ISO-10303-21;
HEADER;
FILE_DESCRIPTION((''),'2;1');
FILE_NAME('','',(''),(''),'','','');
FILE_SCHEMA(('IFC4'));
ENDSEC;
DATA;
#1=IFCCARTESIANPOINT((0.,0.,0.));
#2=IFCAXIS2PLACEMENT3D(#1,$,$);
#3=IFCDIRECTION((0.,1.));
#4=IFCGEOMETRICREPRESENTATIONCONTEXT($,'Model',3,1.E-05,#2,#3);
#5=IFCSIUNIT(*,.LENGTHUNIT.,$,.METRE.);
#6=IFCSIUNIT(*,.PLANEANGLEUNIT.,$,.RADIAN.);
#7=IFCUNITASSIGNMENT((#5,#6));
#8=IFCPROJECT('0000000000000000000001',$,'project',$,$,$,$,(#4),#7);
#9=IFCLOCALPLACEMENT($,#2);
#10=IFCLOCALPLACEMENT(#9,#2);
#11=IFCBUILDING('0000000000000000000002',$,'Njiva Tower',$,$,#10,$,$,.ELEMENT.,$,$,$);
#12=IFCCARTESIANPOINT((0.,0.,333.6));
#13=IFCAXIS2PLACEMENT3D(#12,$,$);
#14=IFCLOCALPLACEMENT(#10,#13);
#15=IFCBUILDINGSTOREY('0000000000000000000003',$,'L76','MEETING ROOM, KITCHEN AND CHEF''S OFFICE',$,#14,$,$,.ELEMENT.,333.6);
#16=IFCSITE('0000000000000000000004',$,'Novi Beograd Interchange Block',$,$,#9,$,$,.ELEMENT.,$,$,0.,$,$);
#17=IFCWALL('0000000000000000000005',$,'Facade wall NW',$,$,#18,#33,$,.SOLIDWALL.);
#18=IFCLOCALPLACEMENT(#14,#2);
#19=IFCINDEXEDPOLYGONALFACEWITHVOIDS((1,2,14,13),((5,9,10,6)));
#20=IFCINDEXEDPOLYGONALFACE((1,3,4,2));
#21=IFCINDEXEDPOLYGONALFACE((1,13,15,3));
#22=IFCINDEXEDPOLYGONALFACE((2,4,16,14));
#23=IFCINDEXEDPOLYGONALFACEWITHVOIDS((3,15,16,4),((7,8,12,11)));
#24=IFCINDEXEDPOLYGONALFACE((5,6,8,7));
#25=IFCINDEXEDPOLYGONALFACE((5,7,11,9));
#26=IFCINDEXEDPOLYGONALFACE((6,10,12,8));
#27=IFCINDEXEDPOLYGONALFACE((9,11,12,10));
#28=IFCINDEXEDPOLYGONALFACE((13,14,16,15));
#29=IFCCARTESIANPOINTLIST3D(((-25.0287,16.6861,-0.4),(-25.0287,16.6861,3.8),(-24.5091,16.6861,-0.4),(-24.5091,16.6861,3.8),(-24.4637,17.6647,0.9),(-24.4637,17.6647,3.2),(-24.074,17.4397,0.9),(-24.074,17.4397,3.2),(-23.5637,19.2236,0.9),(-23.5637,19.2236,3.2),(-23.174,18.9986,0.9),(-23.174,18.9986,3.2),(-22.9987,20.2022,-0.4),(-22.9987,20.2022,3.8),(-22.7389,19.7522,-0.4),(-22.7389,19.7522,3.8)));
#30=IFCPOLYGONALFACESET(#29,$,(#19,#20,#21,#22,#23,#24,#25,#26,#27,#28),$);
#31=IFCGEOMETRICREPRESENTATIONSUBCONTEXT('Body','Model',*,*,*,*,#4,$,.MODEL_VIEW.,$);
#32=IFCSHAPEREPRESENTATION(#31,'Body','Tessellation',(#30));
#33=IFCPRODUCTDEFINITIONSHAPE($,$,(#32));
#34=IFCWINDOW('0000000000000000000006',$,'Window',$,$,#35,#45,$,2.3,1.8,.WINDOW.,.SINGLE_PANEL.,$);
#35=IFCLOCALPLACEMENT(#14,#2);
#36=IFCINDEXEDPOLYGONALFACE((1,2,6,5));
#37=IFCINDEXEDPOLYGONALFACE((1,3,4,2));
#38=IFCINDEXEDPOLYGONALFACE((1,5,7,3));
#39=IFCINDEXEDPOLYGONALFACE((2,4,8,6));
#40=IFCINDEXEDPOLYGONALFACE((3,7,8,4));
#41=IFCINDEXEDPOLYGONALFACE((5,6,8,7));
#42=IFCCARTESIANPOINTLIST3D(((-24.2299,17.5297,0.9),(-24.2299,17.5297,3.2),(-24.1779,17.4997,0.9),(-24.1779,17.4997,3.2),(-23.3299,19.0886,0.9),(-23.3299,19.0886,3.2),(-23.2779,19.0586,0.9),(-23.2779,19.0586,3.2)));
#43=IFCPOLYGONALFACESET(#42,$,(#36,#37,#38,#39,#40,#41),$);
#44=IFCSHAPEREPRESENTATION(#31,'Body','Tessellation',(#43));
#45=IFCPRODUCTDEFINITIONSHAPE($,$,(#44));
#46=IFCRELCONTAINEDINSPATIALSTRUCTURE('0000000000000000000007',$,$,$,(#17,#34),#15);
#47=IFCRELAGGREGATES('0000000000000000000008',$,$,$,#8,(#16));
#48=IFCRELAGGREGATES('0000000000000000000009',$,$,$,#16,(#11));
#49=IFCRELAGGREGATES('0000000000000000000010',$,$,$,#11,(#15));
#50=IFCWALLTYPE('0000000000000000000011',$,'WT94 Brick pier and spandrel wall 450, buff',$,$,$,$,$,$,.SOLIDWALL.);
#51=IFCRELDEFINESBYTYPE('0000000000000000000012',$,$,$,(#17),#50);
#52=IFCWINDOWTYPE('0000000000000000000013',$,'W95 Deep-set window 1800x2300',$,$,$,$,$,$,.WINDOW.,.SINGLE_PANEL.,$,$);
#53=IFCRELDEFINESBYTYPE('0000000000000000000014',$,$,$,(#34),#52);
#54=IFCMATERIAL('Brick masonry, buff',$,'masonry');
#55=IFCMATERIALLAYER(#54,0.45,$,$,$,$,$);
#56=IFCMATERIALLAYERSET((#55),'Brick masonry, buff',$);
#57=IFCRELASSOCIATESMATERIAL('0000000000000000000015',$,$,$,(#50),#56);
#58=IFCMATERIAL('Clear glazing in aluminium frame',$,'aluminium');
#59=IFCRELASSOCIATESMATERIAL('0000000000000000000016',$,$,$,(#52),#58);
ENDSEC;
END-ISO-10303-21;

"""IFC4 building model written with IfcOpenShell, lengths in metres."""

from ifc_helpers import new_model, si_unit, direction, frame, frame_2d, origin, place, context, subcontext, project, spatial, polyline, rectangle, outline, extrude, material, layer, layer_set, type_object, element, fill, save


model = new_model("IFC4")

# Units and contexts
model_context = context("Model", 3, precision=1e-05, world=origin(), true_north=direction((0.0, 1.0)))
body_context = subcontext(model_context, "Body", "Model", "MODEL_VIEW")
ifc_project = project(units=[si_unit("LENGTHUNIT", "METRE"), si_unit("PLANEANGLEUNIT", "RADIAN")], contexts=[model_context])

# Site, building, storey
site_placement = place(None, origin())
site = spatial("IfcSite", under=ifc_project, at=site_placement, Name="Novi Beograd Interchange Block", CompositionType="ELEMENT", RefElevation=0.0)
building_placement = place(site_placement, origin())
building = spatial("IfcBuilding", under=site, at=building_placement, Name="Njiva Tower", CompositionType="ELEMENT")
storey_placement = place(building_placement, frame((0.0, 0.0, 333.6)))
storey = spatial("IfcBuildingStorey", under=building, at=storey_placement, Name="L76", Description="MEETING ROOM, KITCHEN AND CHEF'S OFFICE", CompositionType="ELEMENT", Elevation=333.6)

# Shared definitions
ifc_material_1 = material(Name="Clear glazing in aluminium frame", Category="aluminium")

# Wall, opening, window
ifc_material_2 = material(Name="Brick masonry, buff", Category="masonry")
ifc_layer_1 = layer(ifc_material_2, 0.45)
ifc_layer_set_1 = layer_set([ifc_layer_1], Name="Brick masonry, buff")
wall_type_1 = type_object("IfcWallType", Name="WT94 Brick pier and spandrel wall 450, buff", PredefinedType="SOLIDWALL", material=ifc_layer_set_1)
wall_1_placement = place(storey_placement, frame((-22.8688, 19.9772, -0.4), z_axis=(0.0, 0.0, 1.0), x_axis=(-0.499997, -0.866027, 0.0)))
wall_1 = element("IfcWall", 1, at=wall_1_placement, inside=storey, type_object=wall_type_1, Name="Facade wall NW", PredefinedType="SOLIDWALL", context=body_context, shape_type="SweptSolid", body=[
    extrude(outline(polyline([(-0.1299, -0.225), (3.9301, -0.225), (3.6703, 0.225), (0.1299, 0.225), (-0.1299, -0.225)])), origin(), (0.0, 0.0, 1.0), 4.2),
])
opening_1_placement = place(wall_1_placement, frame((1.0001, 0.0, 1.3)))
opening_1 = element("IfcOpeningElement", 2, at=opening_1_placement, cuts=wall_1, PredefinedType="OPENING", context=body_context, shape_type="SweptSolid", body=[
    extrude(rectangle(XDim=1.8, YDim=2.3, at=frame_2d((0.9, 1.15))), frame((0.0, 0.235, 0.0), z_axis=(0.0, -1.0, 0.0), x_axis=(1.0, 0.0, 0.0)), (0.0, 0.0, 1.0), 0.47),
])
window_type_1 = type_object("IfcWindowType", Name="W95 Deep-set window 1800x2300", PartitioningType="SINGLE_PANEL", PredefinedType="WINDOW", material=ifc_material_1)
window_1_placement = place(opening_1_placement, origin())
window_1 = element("IfcWindow", 3, at=window_1_placement, inside=storey, type_object=window_type_1, Name="Window", OverallHeight=2.3, OverallWidth=1.8, PartitioningType="SINGLE_PANEL", PredefinedType="WINDOW", context=body_context, shape_type="SweptSolid", body=[
    extrude(rectangle(XDim=1.8, YDim=2.3, at=frame_2d((0.9, 1.15))), frame((0.0, 0.105, 0.0), z_axis=(0.0, -1.0, 0.0), x_axis=(1.0, 0.0, 0.0)), (0.0, 0.0, 1.0), 0.06),
])
fill(opening_1, window_1)

save(model, "model.ifc")
